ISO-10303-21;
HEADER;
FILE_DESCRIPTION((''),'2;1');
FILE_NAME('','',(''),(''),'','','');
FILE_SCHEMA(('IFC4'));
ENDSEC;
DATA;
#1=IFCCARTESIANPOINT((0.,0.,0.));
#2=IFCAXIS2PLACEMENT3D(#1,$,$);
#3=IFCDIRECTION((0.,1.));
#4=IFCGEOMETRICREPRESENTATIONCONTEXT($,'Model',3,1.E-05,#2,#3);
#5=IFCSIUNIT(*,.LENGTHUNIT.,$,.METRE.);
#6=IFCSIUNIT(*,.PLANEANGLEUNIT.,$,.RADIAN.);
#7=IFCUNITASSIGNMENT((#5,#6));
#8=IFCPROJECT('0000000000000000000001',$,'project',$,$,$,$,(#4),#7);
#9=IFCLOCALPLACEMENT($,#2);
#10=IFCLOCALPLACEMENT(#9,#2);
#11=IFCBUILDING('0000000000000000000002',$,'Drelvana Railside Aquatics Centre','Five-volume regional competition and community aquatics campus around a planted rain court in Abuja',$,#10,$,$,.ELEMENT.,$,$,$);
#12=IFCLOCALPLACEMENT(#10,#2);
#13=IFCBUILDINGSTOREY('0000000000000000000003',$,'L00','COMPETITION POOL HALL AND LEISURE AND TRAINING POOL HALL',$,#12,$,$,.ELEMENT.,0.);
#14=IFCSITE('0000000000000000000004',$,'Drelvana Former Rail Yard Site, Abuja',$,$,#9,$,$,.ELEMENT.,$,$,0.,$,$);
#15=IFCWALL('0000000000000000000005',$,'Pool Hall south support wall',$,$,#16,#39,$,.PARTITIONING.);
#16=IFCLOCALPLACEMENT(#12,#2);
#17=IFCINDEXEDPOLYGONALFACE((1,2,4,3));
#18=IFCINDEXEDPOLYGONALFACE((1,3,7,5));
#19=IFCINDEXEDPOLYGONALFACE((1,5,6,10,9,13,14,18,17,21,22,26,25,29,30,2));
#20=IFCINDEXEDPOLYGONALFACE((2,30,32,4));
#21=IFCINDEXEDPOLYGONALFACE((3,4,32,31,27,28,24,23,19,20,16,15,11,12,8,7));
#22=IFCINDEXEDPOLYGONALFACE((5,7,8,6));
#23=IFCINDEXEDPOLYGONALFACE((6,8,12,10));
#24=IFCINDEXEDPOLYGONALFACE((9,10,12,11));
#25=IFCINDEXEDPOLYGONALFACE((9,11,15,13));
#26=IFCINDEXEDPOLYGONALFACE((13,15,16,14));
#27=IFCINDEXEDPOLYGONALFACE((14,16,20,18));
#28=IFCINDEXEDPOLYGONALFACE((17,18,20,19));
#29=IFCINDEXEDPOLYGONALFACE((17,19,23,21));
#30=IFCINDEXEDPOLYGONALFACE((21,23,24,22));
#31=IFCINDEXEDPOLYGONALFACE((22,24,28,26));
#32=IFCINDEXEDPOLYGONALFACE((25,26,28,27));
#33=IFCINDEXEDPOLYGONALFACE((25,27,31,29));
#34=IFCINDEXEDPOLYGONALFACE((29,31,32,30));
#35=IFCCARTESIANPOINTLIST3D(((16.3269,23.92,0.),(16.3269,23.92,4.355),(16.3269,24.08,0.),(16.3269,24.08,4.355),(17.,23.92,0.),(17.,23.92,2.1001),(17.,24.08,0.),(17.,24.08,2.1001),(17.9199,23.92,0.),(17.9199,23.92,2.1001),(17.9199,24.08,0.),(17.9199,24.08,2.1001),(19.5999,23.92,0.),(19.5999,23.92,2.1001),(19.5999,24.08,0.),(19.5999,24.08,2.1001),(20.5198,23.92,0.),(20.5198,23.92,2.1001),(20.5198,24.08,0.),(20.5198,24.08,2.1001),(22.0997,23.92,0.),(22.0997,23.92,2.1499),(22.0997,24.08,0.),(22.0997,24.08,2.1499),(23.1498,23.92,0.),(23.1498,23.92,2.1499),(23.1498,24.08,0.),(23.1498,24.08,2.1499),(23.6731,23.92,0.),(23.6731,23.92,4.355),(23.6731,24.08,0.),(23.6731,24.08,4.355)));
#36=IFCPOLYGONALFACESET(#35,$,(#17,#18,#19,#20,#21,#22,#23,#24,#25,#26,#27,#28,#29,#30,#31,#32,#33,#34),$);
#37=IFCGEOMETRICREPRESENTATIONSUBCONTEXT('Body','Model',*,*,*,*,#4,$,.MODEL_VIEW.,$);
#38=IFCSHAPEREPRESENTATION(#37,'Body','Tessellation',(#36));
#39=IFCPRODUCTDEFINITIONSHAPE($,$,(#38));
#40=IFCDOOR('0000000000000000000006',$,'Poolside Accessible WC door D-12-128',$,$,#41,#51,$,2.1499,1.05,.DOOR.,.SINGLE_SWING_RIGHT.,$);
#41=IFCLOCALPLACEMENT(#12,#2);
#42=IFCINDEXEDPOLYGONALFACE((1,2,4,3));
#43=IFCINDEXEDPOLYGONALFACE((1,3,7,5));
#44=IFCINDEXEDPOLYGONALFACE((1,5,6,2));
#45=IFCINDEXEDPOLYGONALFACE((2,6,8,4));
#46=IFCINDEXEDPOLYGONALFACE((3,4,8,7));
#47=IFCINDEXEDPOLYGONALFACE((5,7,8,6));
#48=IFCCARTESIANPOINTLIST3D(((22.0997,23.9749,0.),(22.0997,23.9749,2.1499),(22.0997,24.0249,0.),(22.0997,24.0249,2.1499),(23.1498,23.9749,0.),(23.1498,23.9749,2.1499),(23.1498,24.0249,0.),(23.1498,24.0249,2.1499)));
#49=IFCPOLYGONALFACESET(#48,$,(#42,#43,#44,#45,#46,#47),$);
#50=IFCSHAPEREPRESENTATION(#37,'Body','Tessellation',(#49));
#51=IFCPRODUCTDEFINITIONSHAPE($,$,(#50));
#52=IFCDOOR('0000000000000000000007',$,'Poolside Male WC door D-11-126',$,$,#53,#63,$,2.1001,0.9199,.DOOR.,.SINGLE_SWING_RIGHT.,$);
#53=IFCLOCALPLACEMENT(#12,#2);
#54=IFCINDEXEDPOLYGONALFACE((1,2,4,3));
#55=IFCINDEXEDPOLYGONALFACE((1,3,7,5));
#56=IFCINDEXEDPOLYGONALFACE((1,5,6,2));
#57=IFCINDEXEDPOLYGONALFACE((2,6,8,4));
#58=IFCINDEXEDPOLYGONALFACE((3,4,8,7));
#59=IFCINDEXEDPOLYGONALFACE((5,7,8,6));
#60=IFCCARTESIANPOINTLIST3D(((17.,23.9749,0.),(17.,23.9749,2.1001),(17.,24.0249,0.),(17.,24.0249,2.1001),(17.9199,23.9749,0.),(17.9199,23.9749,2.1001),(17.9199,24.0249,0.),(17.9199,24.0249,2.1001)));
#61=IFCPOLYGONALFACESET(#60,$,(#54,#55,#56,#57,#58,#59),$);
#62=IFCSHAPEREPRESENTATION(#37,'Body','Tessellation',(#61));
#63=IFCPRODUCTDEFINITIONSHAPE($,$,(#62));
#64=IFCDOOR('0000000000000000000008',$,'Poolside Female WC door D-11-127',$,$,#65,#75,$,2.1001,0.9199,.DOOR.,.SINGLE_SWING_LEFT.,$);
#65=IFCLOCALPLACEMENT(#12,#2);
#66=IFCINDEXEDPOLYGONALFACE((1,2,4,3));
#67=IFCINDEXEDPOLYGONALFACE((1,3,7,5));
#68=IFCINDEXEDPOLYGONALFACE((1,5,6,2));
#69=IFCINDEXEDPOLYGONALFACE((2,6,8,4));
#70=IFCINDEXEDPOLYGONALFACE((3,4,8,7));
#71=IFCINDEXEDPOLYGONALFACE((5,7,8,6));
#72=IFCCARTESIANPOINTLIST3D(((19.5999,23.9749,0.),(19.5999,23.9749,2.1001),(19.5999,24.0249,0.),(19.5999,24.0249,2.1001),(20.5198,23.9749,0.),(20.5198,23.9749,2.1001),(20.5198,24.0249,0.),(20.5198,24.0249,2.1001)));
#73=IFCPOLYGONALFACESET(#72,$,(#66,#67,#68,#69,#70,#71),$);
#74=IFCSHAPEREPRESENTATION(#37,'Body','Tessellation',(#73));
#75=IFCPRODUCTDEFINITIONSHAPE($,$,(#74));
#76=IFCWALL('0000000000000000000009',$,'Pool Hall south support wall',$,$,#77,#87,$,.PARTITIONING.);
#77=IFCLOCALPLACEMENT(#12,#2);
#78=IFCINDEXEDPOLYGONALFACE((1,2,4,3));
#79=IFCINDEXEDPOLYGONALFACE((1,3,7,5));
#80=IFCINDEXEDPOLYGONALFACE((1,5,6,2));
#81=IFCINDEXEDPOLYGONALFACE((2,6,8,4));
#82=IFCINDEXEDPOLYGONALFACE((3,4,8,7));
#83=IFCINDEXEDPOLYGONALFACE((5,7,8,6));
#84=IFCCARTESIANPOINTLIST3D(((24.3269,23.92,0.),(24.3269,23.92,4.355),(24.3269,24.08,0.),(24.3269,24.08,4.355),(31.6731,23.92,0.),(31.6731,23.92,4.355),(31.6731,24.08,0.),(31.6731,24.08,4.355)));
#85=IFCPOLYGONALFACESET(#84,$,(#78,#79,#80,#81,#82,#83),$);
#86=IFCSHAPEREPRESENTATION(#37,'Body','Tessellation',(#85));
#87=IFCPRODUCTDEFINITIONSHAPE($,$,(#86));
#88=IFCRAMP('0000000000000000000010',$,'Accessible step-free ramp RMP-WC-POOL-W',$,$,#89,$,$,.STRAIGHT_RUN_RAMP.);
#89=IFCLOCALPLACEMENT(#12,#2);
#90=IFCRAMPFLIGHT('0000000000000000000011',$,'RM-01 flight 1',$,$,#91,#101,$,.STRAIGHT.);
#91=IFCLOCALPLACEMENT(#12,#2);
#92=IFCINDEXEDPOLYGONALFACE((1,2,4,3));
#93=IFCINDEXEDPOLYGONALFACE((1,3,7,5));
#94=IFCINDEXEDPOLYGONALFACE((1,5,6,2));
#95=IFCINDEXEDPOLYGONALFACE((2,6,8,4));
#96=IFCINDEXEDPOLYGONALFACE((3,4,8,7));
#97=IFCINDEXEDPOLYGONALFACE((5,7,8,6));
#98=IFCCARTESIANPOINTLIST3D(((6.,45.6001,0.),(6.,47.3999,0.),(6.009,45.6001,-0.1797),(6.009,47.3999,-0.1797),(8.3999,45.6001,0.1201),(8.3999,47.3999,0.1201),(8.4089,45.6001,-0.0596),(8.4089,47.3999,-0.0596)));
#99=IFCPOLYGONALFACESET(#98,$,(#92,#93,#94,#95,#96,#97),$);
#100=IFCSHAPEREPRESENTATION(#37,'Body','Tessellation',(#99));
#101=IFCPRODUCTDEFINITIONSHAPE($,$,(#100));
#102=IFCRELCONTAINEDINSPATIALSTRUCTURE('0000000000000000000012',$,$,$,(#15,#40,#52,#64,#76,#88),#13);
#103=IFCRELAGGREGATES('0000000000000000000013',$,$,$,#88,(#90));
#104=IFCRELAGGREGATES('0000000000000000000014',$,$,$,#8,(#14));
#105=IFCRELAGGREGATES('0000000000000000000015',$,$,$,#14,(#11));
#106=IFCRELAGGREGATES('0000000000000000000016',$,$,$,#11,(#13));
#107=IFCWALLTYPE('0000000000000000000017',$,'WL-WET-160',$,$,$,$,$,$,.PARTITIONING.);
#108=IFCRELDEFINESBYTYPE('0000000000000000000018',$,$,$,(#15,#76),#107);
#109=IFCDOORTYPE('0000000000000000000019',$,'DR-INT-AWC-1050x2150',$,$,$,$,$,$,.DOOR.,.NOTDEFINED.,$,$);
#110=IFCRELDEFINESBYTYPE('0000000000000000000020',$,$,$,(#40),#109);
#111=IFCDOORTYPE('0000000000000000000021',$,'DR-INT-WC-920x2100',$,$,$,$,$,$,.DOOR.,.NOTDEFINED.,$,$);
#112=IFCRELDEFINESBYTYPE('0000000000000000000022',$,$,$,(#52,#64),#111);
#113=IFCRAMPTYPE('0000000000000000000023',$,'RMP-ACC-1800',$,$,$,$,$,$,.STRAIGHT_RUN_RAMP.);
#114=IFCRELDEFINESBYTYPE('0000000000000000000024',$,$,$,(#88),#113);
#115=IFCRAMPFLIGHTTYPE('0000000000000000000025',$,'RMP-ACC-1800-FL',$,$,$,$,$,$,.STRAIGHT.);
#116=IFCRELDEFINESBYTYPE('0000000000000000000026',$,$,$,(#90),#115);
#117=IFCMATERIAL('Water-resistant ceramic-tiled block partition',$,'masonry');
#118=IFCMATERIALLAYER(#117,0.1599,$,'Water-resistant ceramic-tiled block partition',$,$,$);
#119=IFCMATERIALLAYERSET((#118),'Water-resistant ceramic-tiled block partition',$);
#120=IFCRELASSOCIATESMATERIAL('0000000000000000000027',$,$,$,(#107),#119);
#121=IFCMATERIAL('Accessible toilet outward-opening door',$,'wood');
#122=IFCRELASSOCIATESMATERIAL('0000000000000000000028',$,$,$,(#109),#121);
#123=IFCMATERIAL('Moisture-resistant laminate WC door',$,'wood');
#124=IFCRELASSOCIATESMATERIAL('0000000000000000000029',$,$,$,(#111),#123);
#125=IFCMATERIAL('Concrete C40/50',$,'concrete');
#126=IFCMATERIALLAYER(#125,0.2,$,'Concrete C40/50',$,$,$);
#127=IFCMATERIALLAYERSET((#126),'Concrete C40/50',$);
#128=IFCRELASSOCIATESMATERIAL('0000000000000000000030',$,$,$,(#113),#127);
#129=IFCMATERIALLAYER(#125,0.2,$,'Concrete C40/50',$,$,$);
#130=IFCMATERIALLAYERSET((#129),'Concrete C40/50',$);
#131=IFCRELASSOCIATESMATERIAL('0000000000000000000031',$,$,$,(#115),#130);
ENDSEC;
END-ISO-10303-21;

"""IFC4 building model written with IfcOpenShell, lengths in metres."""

from ifc_helpers import new_model, si_unit, direction, frame, frame_2d, origin, place, context, subcontext, project, spatial, polyline, rectangle, outline, extrude, material, layer, layer_set, type_object, element, fill, aggregate, save


model = new_model("IFC4")

# Units and contexts
model_context = context("Model", 3, precision=1e-05, world=origin(), true_north=direction((0.0, 1.0)))
body_context = subcontext(model_context, "Body", "Model", "MODEL_VIEW")
ifc_project = project(units=[si_unit("LENGTHUNIT", "METRE"), si_unit("PLANEANGLEUNIT", "RADIAN")], contexts=[model_context])

# Site, building, storey
site_placement = place(None, origin())
site = spatial("IfcSite", under=ifc_project, at=site_placement, Name="Drelvana Former Rail Yard Site, Abuja", CompositionType="ELEMENT", RefElevation=0.0)
building_placement = place(site_placement, origin())
building = spatial("IfcBuilding", under=site, at=building_placement, Name="Drelvana Railside Aquatics Centre", Description="Five-volume regional competition and community aquatics campus around a planted rain court in Abuja", CompositionType="ELEMENT")
storey_placement = place(building_placement, origin())
storey = spatial("IfcBuildingStorey", under=building, at=storey_placement, Name="L00", Description="COMPETITION POOL HALL AND LEISURE AND TRAINING POOL HALL", CompositionType="ELEMENT", Elevation=0.0)

# Shared definitions
ifc_material_1 = material(Name="Concrete C40/50", Category="concrete")

# Wall, openings, doors
ifc_material_2 = material(Name="Water-resistant ceramic-tiled block partition", Category="masonry")
ifc_layer_1 = layer(ifc_material_2, 0.1599, Name="Water-resistant ceramic-tiled block partition")
ifc_layer_set_1 = layer_set([ifc_layer_1], Name="Water-resistant ceramic-tiled block partition")
wall_type_1 = type_object("IfcWallType", Name="WL-WET-160", PredefinedType="PARTITIONING", material=ifc_layer_set_1)
wall_1_placement = place(storey_placement, frame((16.3269, 24.0, 0.0), z_axis=(0.0, 0.0, 1.0), x_axis=(1.0, 0.0, 0.0)))
wall_1 = element("IfcWall", 1, at=wall_1_placement, inside=storey, type_object=wall_type_1, Name="Pool Hall south support wall", PredefinedType="PARTITIONING", context=body_context, shape_type="SweptSolid", body=[
    extrude(rectangle(XDim=7.3462, YDim=0.1599, at=frame_2d((3.6731, 0.0))), origin(), (0.0, 0.0, 1.0), 4.355),
])
opening_1_placement = place(wall_1_placement, frame((0.6731, 0.0, 0.0)))
opening_1 = element("IfcOpeningElement", 2, at=opening_1_placement, cuts=wall_1, PredefinedType="OPENING", context=body_context, shape_type="SweptSolid", body=[
    extrude(rectangle(XDim=0.9199, YDim=2.1001, at=frame_2d((0.46, 1.05))), frame((0.0, 0.0898, 0.0), z_axis=(0.0, -1.0, 0.0), x_axis=(1.0, 0.0, 0.0)), (0.0, 0.0, 1.0), 0.1799),
])
opening_2_placement = place(wall_1_placement, frame((3.2729, 0.0, 0.0)))
opening_2 = element("IfcOpeningElement", 3, at=opening_2_placement, cuts=wall_1, PredefinedType="OPENING", context=body_context, shape_type="SweptSolid", body=[
    extrude(rectangle(XDim=0.9199, YDim=2.1001, at=frame_2d((0.46, 1.05))), frame((0.0, 0.0898, 0.0), z_axis=(0.0, -1.0, 0.0), x_axis=(1.0, 0.0, 0.0)), (0.0, 0.0, 1.0), 0.1799),
])
opening_3_placement = place(wall_1_placement, frame((5.7729, 0.0, 0.0)))
opening_3 = element("IfcOpeningElement", 4, at=opening_3_placement, cuts=wall_1, PredefinedType="OPENING", context=body_context, shape_type="SweptSolid", body=[
    extrude(rectangle(XDim=1.05, YDim=2.1499, at=frame_2d((0.5249, 1.075))), frame((0.0, 0.0898, 0.0), z_axis=(0.0, -1.0, 0.0), x_axis=(1.0, 0.0, 0.0)), (0.0, 0.0, 1.0), 0.1799),
])
ifc_material_3 = material(Name="Accessible toilet outward-opening door", Category="wood")
door_type_1 = type_object("IfcDoorType", Name="DR-INT-AWC-1050x2150", OperationType="NOTDEFINED", PredefinedType="DOOR", material=ifc_material_3)
door_1_placement = place(opening_3_placement, origin())
door_1 = element("IfcDoor", 5, at=door_1_placement, inside=storey, type_object=door_type_1, Name="Poolside Accessible WC door D-12-128", OperationType="SINGLE_SWING_RIGHT", OverallHeight=2.1499, OverallWidth=1.05, PredefinedType="DOOR", context=body_context, shape_type="SweptSolid", body=[
    extrude(rectangle(XDim=1.05, YDim=2.1499, at=frame_2d((0.5249, 1.075))), frame((0.0, 0.0249, 0.0), z_axis=(0.0, -1.0, 0.0), x_axis=(1.0, 0.0, 0.0)), (0.0, 0.0, 1.0), 0.05),
])
fill(opening_3, door_1)
ifc_material_4 = material(Name="Moisture-resistant laminate WC door", Category="wood")
door_type_2 = type_object("IfcDoorType", Name="DR-INT-WC-920x2100", OperationType="NOTDEFINED", PredefinedType="DOOR", material=ifc_material_4)
door_2_placement = place(opening_1_placement, origin())
door_2 = element("IfcDoor", 6, at=door_2_placement, inside=storey, type_object=door_type_2, Name="Poolside Male WC door D-11-126", OperationType="SINGLE_SWING_RIGHT", OverallHeight=2.1001, OverallWidth=0.9199, PredefinedType="DOOR", context=body_context, shape_type="SweptSolid", body=[
    extrude(rectangle(XDim=0.9199, YDim=2.1001, at=frame_2d((0.46, 1.05))), frame((0.0, 0.0249, 0.0), z_axis=(0.0, -1.0, 0.0), x_axis=(1.0, 0.0, 0.0)), (0.0, 0.0, 1.0), 0.05),
])
fill(opening_1, door_2)
door_3_placement = place(opening_2_placement, origin())
door_3 = element("IfcDoor", 7, at=door_3_placement, inside=storey, type_object=door_type_2, Name="Poolside Female WC door D-11-127", OperationType="SINGLE_SWING_LEFT", OverallHeight=2.1001, OverallWidth=0.9199, PredefinedType="DOOR", context=body_context, shape_type="SweptSolid", body=[
    extrude(rectangle(XDim=0.9199, YDim=2.1001, at=frame_2d((0.46, 1.05))), frame((0.0, 0.0249, 0.0), z_axis=(0.0, -1.0, 0.0), x_axis=(1.0, 0.0, 0.0)), (0.0, 0.0, 1.0), 0.05),
])
fill(opening_2, door_3)

# Wall
wall_2_placement = place(storey_placement, frame((24.3269, 24.0, 0.0), z_axis=(0.0, 0.0, 1.0), x_axis=(1.0, 0.0, 0.0)))
element("IfcWall", 8, at=wall_2_placement, inside=storey, type_object=wall_type_1, Name="Pool Hall south support wall", PredefinedType="PARTITIONING", context=body_context, shape_type="SweptSolid", body=[
    extrude(rectangle(XDim=7.3462, YDim=0.1599, at=frame_2d((3.6731, 0.0))), origin(), (0.0, 0.0, 1.0), 4.355),
])

# Ramp, ramp flight
ifc_layer_2 = layer(ifc_material_1, 0.2, Name="Concrete C40/50")
ifc_layer_set_2 = layer_set([ifc_layer_2], Name="Concrete C40/50")
ramp_type = type_object("IfcRampType", Name="RMP-ACC-1800", PredefinedType="STRAIGHT_RUN_RAMP", material=ifc_layer_set_2)
ramp_placement = place(storey_placement, origin())
ramp = element("IfcRamp", 9, at=ramp_placement, inside=storey, type_object=ramp_type, Name="Accessible step-free ramp RMP-WC-POOL-W", PredefinedType="STRAIGHT_RUN_RAMP")
ifc_layer_3 = layer(ifc_material_1, 0.2, Name="Concrete C40/50")
ifc_layer_set_3 = layer_set([ifc_layer_3], Name="Concrete C40/50")
ramp_flight_type = type_object("IfcRampFlightType", Name="RMP-ACC-1800-FL", PredefinedType="STRAIGHT", material=ifc_layer_set_3)
ramp_flight_placement = place(storey_placement, frame((6.0, 45.6001, 0.0), z_axis=(-0.049988, 0.0, 0.99875), x_axis=(0.99875, 0.0, 0.049988)))
ramp_flight = element("IfcRampFlight", 10, at=ramp_flight_placement, type_object=ramp_flight_type, Name="RM-01 flight 1", PredefinedType="STRAIGHT", context=body_context, shape_type="SweptSolid", body=[
    extrude(outline(polyline([(0.0, 0.0), (2.4029, 0.0), (2.4029, 1.7998), (0.0, 1.7998), (0.0, 0.0)])), origin(), (0.0, 0.0, -1.0), 0.1799),
])
aggregate(ramp, [ramp_flight])

save(model, "model.ifc")
